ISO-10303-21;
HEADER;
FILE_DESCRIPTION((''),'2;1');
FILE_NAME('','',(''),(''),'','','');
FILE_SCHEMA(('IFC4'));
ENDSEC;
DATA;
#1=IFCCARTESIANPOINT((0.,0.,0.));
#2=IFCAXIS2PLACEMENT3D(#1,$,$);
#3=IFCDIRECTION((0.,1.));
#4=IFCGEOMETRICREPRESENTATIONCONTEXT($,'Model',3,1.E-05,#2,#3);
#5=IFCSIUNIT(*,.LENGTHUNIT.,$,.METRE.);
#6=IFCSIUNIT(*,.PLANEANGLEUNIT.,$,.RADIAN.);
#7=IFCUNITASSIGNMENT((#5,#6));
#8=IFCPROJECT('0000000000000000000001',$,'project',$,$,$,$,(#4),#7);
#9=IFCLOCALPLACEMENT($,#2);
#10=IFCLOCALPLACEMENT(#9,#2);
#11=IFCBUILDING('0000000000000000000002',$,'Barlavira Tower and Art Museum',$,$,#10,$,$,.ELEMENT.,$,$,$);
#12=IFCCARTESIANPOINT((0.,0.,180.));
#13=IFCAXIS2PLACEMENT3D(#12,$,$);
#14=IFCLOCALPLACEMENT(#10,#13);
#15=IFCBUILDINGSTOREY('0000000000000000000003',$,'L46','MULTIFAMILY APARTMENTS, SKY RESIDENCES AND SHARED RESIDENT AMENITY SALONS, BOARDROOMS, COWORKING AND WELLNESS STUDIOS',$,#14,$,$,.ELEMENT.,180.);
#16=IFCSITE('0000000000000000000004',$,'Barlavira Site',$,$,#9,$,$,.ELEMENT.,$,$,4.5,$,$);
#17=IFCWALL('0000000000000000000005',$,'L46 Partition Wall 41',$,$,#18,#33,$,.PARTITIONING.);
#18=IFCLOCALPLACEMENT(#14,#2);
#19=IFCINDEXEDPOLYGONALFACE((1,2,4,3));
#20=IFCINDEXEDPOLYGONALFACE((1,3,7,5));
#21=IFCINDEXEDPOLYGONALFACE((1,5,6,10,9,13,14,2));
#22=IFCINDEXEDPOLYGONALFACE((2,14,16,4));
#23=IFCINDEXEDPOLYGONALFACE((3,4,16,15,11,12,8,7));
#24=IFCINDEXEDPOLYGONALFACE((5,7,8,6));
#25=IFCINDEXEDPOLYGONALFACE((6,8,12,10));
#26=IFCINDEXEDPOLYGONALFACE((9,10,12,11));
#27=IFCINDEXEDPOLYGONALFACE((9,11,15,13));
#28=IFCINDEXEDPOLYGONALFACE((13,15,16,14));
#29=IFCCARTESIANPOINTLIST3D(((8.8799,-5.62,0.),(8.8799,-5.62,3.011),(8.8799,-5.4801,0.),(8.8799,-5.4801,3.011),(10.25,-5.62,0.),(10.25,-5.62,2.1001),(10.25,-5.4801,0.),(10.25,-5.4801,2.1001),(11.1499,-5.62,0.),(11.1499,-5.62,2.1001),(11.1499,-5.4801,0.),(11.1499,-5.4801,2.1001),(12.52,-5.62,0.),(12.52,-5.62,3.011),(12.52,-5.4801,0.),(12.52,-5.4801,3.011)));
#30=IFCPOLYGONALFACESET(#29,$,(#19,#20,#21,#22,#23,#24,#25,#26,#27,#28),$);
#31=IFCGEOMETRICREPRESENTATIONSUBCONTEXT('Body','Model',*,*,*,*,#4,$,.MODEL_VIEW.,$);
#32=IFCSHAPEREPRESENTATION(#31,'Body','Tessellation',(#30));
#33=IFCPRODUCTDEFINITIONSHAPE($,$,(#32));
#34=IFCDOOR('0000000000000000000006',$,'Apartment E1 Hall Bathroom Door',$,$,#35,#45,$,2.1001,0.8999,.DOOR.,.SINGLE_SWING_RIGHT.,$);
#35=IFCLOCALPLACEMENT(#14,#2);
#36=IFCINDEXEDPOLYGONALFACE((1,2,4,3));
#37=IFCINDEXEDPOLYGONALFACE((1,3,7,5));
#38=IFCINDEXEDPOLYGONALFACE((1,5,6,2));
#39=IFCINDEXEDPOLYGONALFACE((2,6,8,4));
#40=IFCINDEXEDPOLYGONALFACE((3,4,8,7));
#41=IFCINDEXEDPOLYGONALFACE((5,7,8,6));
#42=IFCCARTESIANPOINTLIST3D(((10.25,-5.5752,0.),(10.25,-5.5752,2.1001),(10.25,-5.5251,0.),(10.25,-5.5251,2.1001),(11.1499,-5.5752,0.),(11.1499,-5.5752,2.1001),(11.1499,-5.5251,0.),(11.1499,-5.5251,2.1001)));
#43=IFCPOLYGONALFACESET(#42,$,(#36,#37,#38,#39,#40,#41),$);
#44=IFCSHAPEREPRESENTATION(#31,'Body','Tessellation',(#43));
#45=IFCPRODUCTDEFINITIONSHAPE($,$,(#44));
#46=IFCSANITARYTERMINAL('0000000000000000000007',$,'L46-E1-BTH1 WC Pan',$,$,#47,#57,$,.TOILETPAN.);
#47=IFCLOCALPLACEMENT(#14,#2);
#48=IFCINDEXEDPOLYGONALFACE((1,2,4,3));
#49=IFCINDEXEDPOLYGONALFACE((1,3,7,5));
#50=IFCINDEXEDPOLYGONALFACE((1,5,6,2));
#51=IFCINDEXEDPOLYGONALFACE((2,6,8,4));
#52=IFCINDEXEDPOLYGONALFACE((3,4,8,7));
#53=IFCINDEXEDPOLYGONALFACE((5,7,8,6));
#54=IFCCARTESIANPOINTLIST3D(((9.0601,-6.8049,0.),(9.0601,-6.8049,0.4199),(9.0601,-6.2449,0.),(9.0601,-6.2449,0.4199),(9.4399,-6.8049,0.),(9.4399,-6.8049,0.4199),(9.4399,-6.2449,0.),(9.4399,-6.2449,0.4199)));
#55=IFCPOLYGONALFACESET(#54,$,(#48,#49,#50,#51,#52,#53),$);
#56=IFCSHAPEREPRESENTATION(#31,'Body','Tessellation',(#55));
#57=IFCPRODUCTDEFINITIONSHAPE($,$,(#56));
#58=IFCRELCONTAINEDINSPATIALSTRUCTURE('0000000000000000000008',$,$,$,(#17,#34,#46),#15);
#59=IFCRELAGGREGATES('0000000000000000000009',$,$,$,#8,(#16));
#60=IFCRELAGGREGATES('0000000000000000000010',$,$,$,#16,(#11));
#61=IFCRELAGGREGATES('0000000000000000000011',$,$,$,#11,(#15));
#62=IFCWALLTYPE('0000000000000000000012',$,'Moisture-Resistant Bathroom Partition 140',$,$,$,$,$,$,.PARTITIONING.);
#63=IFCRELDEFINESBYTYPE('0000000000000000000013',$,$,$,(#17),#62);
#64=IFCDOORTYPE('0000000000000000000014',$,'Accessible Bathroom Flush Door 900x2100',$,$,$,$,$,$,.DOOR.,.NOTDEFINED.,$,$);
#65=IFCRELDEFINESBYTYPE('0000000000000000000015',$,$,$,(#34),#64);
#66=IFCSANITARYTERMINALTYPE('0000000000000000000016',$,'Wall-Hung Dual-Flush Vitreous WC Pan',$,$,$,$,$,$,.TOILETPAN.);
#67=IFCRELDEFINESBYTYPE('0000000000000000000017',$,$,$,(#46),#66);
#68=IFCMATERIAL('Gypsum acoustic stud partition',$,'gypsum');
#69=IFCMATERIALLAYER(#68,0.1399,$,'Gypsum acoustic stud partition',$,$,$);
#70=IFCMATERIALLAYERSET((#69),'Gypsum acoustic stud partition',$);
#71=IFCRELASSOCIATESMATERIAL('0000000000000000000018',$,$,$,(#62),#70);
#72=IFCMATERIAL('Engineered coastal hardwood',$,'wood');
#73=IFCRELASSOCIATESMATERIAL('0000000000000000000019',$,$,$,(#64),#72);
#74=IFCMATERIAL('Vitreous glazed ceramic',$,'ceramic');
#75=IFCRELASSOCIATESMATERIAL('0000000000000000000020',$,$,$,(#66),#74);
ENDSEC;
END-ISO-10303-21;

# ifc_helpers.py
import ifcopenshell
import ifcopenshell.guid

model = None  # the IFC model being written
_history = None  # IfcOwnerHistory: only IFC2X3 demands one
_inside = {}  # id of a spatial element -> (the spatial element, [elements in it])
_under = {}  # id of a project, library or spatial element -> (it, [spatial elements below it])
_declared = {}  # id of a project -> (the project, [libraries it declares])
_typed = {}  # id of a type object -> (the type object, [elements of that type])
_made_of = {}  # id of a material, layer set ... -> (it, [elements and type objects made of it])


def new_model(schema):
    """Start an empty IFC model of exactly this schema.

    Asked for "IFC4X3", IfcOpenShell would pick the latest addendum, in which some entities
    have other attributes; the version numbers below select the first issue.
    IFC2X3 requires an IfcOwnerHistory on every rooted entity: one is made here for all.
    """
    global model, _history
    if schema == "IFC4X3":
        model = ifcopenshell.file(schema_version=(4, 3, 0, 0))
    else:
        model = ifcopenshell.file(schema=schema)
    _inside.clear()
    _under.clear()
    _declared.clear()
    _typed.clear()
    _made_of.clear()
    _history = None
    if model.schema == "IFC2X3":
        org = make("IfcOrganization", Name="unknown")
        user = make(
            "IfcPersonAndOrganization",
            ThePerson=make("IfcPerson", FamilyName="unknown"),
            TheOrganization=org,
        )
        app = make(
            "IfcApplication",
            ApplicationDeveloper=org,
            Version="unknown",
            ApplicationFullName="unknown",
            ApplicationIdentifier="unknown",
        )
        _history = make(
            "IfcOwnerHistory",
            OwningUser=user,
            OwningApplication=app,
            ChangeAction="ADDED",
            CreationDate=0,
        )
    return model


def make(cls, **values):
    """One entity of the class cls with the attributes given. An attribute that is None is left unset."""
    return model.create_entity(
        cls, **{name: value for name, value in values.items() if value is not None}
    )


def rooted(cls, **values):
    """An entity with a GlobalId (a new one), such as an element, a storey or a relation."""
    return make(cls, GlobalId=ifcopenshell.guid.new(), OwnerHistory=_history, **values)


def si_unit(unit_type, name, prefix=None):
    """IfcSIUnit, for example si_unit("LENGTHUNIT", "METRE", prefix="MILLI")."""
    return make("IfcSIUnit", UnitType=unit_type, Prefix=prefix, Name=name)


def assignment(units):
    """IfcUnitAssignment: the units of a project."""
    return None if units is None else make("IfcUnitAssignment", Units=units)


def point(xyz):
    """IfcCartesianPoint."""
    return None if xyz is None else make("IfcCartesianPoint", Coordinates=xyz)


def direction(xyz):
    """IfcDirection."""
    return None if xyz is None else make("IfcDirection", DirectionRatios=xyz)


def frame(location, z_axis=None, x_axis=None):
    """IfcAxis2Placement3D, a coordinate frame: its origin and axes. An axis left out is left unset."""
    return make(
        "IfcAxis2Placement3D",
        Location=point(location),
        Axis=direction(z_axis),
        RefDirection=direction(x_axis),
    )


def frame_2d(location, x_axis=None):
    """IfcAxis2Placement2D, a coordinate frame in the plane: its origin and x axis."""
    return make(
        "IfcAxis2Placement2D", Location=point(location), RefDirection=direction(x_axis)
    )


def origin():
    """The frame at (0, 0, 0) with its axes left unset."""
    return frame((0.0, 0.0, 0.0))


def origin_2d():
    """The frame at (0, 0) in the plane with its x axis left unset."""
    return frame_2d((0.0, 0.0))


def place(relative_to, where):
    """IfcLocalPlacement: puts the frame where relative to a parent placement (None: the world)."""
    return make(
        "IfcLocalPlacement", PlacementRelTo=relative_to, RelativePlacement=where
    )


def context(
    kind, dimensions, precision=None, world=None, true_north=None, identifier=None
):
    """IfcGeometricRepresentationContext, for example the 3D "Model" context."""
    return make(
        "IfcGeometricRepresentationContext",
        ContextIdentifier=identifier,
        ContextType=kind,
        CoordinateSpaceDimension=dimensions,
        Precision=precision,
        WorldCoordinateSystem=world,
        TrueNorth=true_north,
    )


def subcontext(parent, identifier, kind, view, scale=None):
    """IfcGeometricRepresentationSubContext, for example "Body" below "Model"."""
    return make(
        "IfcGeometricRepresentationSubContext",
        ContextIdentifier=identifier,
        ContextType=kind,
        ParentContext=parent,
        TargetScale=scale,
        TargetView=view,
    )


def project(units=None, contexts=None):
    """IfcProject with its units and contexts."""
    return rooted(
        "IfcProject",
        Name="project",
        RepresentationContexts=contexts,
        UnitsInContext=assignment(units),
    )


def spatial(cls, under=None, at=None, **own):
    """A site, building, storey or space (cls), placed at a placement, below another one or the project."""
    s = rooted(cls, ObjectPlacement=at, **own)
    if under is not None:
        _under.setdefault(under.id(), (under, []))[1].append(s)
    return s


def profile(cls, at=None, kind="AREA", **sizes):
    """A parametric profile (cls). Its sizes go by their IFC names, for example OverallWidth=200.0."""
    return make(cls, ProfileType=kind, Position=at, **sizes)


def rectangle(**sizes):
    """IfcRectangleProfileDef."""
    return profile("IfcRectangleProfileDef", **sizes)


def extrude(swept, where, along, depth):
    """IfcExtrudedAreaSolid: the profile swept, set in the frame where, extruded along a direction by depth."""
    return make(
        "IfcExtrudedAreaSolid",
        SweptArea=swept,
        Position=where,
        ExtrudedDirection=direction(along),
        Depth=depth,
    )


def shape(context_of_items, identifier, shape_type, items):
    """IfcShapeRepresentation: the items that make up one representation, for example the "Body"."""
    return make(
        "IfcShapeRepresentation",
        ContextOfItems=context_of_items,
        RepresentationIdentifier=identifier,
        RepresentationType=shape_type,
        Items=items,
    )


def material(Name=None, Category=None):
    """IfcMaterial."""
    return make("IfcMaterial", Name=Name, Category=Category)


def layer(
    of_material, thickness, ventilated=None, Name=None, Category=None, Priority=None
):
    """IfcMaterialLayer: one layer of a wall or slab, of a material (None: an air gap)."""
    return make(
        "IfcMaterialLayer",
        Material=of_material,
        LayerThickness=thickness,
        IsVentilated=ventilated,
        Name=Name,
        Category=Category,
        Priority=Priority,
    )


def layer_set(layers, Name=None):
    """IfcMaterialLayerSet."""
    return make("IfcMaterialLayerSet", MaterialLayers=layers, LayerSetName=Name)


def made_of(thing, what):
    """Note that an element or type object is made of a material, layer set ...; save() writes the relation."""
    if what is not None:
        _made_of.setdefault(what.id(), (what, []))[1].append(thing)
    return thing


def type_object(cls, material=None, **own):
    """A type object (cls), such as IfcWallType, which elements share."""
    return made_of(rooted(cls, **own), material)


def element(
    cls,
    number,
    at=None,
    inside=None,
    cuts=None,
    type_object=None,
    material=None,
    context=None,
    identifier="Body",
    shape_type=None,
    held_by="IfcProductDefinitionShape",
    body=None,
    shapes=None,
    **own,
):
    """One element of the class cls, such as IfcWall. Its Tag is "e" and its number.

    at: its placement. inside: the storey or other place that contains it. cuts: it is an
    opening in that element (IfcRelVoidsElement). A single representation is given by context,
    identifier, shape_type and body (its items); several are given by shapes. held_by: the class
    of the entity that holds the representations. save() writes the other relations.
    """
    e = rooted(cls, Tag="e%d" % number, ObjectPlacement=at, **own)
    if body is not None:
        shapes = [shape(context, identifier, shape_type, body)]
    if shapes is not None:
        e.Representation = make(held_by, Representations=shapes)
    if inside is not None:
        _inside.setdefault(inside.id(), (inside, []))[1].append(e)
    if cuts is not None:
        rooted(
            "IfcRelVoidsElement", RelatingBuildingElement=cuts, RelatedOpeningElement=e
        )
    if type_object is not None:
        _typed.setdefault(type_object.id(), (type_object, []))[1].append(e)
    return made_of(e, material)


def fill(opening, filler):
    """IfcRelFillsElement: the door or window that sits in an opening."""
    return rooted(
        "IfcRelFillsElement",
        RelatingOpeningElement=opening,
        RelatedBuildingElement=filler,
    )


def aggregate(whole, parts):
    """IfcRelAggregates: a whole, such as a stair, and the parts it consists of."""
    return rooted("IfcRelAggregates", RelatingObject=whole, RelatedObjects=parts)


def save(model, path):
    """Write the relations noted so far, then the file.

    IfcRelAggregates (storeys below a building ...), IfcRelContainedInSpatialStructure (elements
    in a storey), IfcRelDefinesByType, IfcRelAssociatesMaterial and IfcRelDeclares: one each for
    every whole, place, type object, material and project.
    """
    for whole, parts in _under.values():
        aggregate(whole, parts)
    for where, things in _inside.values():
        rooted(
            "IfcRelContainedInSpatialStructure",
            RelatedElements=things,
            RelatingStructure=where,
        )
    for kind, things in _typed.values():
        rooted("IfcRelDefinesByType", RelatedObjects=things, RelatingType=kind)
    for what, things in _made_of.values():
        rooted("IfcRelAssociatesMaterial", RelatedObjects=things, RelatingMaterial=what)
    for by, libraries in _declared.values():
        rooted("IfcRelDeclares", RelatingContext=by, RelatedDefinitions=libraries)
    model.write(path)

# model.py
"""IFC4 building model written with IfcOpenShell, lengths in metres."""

from ifc_helpers import new_model, si_unit, direction, frame, frame_2d, origin, origin_2d, place, context, subcontext, project, spatial, rectangle, extrude, material, layer, layer_set, type_object, element, fill, save


model = new_model("IFC4")

# Units and contexts
model_context = context("Model", 3, precision=1e-05, world=origin(), true_north=direction((0.0, 1.0)))
body_context = subcontext(model_context, "Body", "Model", "MODEL_VIEW")
ifc_project = project(units=[si_unit("LENGTHUNIT", "METRE"), si_unit("PLANEANGLEUNIT", "RADIAN")], contexts=[model_context])

# Site, building, storey
site_placement = place(None, origin())
site = spatial("IfcSite", under=ifc_project, at=site_placement, Name="Barlavira Site", CompositionType="ELEMENT", RefElevation=4.5)
building_placement = place(site_placement, origin())
building = spatial("IfcBuilding", under=site, at=building_placement, Name="Barlavira Tower and Art Museum", CompositionType="ELEMENT")
storey_placement = place(building_placement, frame((0.0, 0.0, 180.0)))
storey = spatial("IfcBuildingStorey", under=building, at=storey_placement, Name="L46", Description="MULTIFAMILY APARTMENTS, SKY RESIDENCES AND SHARED RESIDENT AMENITY SALONS, BOARDROOMS, COWORKING AND WELLNESS STUDIOS", CompositionType="ELEMENT", Elevation=180.0)

# Shared definitions
ifc_material_1 = material(Name="Gypsum acoustic stud partition", Category="gypsum")
ifc_material_2 = material(Name="Engineered coastal hardwood", Category="wood")

# Wall, opening, door
ifc_layer_1 = layer(ifc_material_1, 0.1399, Name="Gypsum acoustic stud partition")
ifc_layer_set_1 = layer_set([ifc_layer_1], Name="Gypsum acoustic stud partition")
wall_type_1 = type_object("IfcWallType", Name="Moisture-Resistant Bathroom Partition 140", PredefinedType="PARTITIONING", material=ifc_layer_set_1)
wall_1_placement = place(storey_placement, frame((8.8799, -5.55, 0.0), z_axis=(0.0, 0.0, 1.0), x_axis=(1.0, 0.0, 0.0)))
wall_1 = element("IfcWall", 1, at=wall_1_placement, inside=storey, type_object=wall_type_1, Name="L46 Partition Wall 41", PredefinedType="PARTITIONING", context=body_context, shape_type="SweptSolid", body=[
    extrude(rectangle(XDim=3.6401, YDim=0.1399, at=frame_2d((1.8201, 0.0))), origin(), (0.0, 0.0, 1.0), 3.011),
])
opening_1_placement = place(wall_1_placement, frame((1.3701, 0.0, 0.0)))
opening_1 = element("IfcOpeningElement", 2, at=opening_1_placement, cuts=wall_1, PredefinedType="OPENING", context=body_context, shape_type="SweptSolid", body=[
    extrude(rectangle(XDim=0.8999, YDim=2.1001, at=frame_2d((0.45, 1.05))), frame((0.0, 0.0801, 0.0), z_axis=(0.0, -1.0, 0.0), x_axis=(1.0, 0.0, 0.0)), (0.0, 0.0, 1.0), 0.1599),
])
door_type_1 = type_object("IfcDoorType", Name="Accessible Bathroom Flush Door 900x2100", OperationType="NOTDEFINED", PredefinedType="DOOR", material=ifc_material_2)
door_1_placement = place(opening_1_placement, origin())
door_1 = element("IfcDoor", 3, at=door_1_placement, inside=storey, type_object=door_type_1, Name="Apartment E1 Hall Bathroom Door", OperationType="SINGLE_SWING_RIGHT", OverallHeight=2.1001, OverallWidth=0.8999, PredefinedType="DOOR", context=body_context, shape_type="SweptSolid", body=[
    extrude(rectangle(XDim=0.8999, YDim=2.1001, at=frame_2d((0.45, 1.05))), frame((0.0, 0.0249, 0.0), z_axis=(0.0, -1.0, 0.0), x_axis=(1.0, 0.0, 0.0)), (0.0, 0.0, 1.0), 0.05),
])
fill(opening_1, door_1)

# Sanitary terminal
ifc_material_3 = material(Name="Vitreous glazed ceramic", Category="ceramic")
sanitary_terminal_type = type_object("IfcSanitaryTerminalType", Name="Wall-Hung Dual-Flush Vitreous WC Pan", PredefinedType="TOILETPAN", material=ifc_material_3)
sanitary_terminal_placement = place(storey_placement, frame((9.25, -6.5249, 0.0), z_axis=(0.0, 0.0, 1.0), x_axis=(1.0, 0.0, 0.0)))
element("IfcSanitaryTerminal", 4, at=sanitary_terminal_placement, inside=storey, type_object=sanitary_terminal_type, Name="L46-E1-BTH1 WC Pan", PredefinedType="TOILETPAN", context=body_context, shape_type="SweptSolid", body=[
    extrude(rectangle(XDim=0.3799, YDim=0.5601, at=origin_2d()), origin(), (0.0, 0.0, 1.0), 0.4199),
])

save(model, "model.ifc")
